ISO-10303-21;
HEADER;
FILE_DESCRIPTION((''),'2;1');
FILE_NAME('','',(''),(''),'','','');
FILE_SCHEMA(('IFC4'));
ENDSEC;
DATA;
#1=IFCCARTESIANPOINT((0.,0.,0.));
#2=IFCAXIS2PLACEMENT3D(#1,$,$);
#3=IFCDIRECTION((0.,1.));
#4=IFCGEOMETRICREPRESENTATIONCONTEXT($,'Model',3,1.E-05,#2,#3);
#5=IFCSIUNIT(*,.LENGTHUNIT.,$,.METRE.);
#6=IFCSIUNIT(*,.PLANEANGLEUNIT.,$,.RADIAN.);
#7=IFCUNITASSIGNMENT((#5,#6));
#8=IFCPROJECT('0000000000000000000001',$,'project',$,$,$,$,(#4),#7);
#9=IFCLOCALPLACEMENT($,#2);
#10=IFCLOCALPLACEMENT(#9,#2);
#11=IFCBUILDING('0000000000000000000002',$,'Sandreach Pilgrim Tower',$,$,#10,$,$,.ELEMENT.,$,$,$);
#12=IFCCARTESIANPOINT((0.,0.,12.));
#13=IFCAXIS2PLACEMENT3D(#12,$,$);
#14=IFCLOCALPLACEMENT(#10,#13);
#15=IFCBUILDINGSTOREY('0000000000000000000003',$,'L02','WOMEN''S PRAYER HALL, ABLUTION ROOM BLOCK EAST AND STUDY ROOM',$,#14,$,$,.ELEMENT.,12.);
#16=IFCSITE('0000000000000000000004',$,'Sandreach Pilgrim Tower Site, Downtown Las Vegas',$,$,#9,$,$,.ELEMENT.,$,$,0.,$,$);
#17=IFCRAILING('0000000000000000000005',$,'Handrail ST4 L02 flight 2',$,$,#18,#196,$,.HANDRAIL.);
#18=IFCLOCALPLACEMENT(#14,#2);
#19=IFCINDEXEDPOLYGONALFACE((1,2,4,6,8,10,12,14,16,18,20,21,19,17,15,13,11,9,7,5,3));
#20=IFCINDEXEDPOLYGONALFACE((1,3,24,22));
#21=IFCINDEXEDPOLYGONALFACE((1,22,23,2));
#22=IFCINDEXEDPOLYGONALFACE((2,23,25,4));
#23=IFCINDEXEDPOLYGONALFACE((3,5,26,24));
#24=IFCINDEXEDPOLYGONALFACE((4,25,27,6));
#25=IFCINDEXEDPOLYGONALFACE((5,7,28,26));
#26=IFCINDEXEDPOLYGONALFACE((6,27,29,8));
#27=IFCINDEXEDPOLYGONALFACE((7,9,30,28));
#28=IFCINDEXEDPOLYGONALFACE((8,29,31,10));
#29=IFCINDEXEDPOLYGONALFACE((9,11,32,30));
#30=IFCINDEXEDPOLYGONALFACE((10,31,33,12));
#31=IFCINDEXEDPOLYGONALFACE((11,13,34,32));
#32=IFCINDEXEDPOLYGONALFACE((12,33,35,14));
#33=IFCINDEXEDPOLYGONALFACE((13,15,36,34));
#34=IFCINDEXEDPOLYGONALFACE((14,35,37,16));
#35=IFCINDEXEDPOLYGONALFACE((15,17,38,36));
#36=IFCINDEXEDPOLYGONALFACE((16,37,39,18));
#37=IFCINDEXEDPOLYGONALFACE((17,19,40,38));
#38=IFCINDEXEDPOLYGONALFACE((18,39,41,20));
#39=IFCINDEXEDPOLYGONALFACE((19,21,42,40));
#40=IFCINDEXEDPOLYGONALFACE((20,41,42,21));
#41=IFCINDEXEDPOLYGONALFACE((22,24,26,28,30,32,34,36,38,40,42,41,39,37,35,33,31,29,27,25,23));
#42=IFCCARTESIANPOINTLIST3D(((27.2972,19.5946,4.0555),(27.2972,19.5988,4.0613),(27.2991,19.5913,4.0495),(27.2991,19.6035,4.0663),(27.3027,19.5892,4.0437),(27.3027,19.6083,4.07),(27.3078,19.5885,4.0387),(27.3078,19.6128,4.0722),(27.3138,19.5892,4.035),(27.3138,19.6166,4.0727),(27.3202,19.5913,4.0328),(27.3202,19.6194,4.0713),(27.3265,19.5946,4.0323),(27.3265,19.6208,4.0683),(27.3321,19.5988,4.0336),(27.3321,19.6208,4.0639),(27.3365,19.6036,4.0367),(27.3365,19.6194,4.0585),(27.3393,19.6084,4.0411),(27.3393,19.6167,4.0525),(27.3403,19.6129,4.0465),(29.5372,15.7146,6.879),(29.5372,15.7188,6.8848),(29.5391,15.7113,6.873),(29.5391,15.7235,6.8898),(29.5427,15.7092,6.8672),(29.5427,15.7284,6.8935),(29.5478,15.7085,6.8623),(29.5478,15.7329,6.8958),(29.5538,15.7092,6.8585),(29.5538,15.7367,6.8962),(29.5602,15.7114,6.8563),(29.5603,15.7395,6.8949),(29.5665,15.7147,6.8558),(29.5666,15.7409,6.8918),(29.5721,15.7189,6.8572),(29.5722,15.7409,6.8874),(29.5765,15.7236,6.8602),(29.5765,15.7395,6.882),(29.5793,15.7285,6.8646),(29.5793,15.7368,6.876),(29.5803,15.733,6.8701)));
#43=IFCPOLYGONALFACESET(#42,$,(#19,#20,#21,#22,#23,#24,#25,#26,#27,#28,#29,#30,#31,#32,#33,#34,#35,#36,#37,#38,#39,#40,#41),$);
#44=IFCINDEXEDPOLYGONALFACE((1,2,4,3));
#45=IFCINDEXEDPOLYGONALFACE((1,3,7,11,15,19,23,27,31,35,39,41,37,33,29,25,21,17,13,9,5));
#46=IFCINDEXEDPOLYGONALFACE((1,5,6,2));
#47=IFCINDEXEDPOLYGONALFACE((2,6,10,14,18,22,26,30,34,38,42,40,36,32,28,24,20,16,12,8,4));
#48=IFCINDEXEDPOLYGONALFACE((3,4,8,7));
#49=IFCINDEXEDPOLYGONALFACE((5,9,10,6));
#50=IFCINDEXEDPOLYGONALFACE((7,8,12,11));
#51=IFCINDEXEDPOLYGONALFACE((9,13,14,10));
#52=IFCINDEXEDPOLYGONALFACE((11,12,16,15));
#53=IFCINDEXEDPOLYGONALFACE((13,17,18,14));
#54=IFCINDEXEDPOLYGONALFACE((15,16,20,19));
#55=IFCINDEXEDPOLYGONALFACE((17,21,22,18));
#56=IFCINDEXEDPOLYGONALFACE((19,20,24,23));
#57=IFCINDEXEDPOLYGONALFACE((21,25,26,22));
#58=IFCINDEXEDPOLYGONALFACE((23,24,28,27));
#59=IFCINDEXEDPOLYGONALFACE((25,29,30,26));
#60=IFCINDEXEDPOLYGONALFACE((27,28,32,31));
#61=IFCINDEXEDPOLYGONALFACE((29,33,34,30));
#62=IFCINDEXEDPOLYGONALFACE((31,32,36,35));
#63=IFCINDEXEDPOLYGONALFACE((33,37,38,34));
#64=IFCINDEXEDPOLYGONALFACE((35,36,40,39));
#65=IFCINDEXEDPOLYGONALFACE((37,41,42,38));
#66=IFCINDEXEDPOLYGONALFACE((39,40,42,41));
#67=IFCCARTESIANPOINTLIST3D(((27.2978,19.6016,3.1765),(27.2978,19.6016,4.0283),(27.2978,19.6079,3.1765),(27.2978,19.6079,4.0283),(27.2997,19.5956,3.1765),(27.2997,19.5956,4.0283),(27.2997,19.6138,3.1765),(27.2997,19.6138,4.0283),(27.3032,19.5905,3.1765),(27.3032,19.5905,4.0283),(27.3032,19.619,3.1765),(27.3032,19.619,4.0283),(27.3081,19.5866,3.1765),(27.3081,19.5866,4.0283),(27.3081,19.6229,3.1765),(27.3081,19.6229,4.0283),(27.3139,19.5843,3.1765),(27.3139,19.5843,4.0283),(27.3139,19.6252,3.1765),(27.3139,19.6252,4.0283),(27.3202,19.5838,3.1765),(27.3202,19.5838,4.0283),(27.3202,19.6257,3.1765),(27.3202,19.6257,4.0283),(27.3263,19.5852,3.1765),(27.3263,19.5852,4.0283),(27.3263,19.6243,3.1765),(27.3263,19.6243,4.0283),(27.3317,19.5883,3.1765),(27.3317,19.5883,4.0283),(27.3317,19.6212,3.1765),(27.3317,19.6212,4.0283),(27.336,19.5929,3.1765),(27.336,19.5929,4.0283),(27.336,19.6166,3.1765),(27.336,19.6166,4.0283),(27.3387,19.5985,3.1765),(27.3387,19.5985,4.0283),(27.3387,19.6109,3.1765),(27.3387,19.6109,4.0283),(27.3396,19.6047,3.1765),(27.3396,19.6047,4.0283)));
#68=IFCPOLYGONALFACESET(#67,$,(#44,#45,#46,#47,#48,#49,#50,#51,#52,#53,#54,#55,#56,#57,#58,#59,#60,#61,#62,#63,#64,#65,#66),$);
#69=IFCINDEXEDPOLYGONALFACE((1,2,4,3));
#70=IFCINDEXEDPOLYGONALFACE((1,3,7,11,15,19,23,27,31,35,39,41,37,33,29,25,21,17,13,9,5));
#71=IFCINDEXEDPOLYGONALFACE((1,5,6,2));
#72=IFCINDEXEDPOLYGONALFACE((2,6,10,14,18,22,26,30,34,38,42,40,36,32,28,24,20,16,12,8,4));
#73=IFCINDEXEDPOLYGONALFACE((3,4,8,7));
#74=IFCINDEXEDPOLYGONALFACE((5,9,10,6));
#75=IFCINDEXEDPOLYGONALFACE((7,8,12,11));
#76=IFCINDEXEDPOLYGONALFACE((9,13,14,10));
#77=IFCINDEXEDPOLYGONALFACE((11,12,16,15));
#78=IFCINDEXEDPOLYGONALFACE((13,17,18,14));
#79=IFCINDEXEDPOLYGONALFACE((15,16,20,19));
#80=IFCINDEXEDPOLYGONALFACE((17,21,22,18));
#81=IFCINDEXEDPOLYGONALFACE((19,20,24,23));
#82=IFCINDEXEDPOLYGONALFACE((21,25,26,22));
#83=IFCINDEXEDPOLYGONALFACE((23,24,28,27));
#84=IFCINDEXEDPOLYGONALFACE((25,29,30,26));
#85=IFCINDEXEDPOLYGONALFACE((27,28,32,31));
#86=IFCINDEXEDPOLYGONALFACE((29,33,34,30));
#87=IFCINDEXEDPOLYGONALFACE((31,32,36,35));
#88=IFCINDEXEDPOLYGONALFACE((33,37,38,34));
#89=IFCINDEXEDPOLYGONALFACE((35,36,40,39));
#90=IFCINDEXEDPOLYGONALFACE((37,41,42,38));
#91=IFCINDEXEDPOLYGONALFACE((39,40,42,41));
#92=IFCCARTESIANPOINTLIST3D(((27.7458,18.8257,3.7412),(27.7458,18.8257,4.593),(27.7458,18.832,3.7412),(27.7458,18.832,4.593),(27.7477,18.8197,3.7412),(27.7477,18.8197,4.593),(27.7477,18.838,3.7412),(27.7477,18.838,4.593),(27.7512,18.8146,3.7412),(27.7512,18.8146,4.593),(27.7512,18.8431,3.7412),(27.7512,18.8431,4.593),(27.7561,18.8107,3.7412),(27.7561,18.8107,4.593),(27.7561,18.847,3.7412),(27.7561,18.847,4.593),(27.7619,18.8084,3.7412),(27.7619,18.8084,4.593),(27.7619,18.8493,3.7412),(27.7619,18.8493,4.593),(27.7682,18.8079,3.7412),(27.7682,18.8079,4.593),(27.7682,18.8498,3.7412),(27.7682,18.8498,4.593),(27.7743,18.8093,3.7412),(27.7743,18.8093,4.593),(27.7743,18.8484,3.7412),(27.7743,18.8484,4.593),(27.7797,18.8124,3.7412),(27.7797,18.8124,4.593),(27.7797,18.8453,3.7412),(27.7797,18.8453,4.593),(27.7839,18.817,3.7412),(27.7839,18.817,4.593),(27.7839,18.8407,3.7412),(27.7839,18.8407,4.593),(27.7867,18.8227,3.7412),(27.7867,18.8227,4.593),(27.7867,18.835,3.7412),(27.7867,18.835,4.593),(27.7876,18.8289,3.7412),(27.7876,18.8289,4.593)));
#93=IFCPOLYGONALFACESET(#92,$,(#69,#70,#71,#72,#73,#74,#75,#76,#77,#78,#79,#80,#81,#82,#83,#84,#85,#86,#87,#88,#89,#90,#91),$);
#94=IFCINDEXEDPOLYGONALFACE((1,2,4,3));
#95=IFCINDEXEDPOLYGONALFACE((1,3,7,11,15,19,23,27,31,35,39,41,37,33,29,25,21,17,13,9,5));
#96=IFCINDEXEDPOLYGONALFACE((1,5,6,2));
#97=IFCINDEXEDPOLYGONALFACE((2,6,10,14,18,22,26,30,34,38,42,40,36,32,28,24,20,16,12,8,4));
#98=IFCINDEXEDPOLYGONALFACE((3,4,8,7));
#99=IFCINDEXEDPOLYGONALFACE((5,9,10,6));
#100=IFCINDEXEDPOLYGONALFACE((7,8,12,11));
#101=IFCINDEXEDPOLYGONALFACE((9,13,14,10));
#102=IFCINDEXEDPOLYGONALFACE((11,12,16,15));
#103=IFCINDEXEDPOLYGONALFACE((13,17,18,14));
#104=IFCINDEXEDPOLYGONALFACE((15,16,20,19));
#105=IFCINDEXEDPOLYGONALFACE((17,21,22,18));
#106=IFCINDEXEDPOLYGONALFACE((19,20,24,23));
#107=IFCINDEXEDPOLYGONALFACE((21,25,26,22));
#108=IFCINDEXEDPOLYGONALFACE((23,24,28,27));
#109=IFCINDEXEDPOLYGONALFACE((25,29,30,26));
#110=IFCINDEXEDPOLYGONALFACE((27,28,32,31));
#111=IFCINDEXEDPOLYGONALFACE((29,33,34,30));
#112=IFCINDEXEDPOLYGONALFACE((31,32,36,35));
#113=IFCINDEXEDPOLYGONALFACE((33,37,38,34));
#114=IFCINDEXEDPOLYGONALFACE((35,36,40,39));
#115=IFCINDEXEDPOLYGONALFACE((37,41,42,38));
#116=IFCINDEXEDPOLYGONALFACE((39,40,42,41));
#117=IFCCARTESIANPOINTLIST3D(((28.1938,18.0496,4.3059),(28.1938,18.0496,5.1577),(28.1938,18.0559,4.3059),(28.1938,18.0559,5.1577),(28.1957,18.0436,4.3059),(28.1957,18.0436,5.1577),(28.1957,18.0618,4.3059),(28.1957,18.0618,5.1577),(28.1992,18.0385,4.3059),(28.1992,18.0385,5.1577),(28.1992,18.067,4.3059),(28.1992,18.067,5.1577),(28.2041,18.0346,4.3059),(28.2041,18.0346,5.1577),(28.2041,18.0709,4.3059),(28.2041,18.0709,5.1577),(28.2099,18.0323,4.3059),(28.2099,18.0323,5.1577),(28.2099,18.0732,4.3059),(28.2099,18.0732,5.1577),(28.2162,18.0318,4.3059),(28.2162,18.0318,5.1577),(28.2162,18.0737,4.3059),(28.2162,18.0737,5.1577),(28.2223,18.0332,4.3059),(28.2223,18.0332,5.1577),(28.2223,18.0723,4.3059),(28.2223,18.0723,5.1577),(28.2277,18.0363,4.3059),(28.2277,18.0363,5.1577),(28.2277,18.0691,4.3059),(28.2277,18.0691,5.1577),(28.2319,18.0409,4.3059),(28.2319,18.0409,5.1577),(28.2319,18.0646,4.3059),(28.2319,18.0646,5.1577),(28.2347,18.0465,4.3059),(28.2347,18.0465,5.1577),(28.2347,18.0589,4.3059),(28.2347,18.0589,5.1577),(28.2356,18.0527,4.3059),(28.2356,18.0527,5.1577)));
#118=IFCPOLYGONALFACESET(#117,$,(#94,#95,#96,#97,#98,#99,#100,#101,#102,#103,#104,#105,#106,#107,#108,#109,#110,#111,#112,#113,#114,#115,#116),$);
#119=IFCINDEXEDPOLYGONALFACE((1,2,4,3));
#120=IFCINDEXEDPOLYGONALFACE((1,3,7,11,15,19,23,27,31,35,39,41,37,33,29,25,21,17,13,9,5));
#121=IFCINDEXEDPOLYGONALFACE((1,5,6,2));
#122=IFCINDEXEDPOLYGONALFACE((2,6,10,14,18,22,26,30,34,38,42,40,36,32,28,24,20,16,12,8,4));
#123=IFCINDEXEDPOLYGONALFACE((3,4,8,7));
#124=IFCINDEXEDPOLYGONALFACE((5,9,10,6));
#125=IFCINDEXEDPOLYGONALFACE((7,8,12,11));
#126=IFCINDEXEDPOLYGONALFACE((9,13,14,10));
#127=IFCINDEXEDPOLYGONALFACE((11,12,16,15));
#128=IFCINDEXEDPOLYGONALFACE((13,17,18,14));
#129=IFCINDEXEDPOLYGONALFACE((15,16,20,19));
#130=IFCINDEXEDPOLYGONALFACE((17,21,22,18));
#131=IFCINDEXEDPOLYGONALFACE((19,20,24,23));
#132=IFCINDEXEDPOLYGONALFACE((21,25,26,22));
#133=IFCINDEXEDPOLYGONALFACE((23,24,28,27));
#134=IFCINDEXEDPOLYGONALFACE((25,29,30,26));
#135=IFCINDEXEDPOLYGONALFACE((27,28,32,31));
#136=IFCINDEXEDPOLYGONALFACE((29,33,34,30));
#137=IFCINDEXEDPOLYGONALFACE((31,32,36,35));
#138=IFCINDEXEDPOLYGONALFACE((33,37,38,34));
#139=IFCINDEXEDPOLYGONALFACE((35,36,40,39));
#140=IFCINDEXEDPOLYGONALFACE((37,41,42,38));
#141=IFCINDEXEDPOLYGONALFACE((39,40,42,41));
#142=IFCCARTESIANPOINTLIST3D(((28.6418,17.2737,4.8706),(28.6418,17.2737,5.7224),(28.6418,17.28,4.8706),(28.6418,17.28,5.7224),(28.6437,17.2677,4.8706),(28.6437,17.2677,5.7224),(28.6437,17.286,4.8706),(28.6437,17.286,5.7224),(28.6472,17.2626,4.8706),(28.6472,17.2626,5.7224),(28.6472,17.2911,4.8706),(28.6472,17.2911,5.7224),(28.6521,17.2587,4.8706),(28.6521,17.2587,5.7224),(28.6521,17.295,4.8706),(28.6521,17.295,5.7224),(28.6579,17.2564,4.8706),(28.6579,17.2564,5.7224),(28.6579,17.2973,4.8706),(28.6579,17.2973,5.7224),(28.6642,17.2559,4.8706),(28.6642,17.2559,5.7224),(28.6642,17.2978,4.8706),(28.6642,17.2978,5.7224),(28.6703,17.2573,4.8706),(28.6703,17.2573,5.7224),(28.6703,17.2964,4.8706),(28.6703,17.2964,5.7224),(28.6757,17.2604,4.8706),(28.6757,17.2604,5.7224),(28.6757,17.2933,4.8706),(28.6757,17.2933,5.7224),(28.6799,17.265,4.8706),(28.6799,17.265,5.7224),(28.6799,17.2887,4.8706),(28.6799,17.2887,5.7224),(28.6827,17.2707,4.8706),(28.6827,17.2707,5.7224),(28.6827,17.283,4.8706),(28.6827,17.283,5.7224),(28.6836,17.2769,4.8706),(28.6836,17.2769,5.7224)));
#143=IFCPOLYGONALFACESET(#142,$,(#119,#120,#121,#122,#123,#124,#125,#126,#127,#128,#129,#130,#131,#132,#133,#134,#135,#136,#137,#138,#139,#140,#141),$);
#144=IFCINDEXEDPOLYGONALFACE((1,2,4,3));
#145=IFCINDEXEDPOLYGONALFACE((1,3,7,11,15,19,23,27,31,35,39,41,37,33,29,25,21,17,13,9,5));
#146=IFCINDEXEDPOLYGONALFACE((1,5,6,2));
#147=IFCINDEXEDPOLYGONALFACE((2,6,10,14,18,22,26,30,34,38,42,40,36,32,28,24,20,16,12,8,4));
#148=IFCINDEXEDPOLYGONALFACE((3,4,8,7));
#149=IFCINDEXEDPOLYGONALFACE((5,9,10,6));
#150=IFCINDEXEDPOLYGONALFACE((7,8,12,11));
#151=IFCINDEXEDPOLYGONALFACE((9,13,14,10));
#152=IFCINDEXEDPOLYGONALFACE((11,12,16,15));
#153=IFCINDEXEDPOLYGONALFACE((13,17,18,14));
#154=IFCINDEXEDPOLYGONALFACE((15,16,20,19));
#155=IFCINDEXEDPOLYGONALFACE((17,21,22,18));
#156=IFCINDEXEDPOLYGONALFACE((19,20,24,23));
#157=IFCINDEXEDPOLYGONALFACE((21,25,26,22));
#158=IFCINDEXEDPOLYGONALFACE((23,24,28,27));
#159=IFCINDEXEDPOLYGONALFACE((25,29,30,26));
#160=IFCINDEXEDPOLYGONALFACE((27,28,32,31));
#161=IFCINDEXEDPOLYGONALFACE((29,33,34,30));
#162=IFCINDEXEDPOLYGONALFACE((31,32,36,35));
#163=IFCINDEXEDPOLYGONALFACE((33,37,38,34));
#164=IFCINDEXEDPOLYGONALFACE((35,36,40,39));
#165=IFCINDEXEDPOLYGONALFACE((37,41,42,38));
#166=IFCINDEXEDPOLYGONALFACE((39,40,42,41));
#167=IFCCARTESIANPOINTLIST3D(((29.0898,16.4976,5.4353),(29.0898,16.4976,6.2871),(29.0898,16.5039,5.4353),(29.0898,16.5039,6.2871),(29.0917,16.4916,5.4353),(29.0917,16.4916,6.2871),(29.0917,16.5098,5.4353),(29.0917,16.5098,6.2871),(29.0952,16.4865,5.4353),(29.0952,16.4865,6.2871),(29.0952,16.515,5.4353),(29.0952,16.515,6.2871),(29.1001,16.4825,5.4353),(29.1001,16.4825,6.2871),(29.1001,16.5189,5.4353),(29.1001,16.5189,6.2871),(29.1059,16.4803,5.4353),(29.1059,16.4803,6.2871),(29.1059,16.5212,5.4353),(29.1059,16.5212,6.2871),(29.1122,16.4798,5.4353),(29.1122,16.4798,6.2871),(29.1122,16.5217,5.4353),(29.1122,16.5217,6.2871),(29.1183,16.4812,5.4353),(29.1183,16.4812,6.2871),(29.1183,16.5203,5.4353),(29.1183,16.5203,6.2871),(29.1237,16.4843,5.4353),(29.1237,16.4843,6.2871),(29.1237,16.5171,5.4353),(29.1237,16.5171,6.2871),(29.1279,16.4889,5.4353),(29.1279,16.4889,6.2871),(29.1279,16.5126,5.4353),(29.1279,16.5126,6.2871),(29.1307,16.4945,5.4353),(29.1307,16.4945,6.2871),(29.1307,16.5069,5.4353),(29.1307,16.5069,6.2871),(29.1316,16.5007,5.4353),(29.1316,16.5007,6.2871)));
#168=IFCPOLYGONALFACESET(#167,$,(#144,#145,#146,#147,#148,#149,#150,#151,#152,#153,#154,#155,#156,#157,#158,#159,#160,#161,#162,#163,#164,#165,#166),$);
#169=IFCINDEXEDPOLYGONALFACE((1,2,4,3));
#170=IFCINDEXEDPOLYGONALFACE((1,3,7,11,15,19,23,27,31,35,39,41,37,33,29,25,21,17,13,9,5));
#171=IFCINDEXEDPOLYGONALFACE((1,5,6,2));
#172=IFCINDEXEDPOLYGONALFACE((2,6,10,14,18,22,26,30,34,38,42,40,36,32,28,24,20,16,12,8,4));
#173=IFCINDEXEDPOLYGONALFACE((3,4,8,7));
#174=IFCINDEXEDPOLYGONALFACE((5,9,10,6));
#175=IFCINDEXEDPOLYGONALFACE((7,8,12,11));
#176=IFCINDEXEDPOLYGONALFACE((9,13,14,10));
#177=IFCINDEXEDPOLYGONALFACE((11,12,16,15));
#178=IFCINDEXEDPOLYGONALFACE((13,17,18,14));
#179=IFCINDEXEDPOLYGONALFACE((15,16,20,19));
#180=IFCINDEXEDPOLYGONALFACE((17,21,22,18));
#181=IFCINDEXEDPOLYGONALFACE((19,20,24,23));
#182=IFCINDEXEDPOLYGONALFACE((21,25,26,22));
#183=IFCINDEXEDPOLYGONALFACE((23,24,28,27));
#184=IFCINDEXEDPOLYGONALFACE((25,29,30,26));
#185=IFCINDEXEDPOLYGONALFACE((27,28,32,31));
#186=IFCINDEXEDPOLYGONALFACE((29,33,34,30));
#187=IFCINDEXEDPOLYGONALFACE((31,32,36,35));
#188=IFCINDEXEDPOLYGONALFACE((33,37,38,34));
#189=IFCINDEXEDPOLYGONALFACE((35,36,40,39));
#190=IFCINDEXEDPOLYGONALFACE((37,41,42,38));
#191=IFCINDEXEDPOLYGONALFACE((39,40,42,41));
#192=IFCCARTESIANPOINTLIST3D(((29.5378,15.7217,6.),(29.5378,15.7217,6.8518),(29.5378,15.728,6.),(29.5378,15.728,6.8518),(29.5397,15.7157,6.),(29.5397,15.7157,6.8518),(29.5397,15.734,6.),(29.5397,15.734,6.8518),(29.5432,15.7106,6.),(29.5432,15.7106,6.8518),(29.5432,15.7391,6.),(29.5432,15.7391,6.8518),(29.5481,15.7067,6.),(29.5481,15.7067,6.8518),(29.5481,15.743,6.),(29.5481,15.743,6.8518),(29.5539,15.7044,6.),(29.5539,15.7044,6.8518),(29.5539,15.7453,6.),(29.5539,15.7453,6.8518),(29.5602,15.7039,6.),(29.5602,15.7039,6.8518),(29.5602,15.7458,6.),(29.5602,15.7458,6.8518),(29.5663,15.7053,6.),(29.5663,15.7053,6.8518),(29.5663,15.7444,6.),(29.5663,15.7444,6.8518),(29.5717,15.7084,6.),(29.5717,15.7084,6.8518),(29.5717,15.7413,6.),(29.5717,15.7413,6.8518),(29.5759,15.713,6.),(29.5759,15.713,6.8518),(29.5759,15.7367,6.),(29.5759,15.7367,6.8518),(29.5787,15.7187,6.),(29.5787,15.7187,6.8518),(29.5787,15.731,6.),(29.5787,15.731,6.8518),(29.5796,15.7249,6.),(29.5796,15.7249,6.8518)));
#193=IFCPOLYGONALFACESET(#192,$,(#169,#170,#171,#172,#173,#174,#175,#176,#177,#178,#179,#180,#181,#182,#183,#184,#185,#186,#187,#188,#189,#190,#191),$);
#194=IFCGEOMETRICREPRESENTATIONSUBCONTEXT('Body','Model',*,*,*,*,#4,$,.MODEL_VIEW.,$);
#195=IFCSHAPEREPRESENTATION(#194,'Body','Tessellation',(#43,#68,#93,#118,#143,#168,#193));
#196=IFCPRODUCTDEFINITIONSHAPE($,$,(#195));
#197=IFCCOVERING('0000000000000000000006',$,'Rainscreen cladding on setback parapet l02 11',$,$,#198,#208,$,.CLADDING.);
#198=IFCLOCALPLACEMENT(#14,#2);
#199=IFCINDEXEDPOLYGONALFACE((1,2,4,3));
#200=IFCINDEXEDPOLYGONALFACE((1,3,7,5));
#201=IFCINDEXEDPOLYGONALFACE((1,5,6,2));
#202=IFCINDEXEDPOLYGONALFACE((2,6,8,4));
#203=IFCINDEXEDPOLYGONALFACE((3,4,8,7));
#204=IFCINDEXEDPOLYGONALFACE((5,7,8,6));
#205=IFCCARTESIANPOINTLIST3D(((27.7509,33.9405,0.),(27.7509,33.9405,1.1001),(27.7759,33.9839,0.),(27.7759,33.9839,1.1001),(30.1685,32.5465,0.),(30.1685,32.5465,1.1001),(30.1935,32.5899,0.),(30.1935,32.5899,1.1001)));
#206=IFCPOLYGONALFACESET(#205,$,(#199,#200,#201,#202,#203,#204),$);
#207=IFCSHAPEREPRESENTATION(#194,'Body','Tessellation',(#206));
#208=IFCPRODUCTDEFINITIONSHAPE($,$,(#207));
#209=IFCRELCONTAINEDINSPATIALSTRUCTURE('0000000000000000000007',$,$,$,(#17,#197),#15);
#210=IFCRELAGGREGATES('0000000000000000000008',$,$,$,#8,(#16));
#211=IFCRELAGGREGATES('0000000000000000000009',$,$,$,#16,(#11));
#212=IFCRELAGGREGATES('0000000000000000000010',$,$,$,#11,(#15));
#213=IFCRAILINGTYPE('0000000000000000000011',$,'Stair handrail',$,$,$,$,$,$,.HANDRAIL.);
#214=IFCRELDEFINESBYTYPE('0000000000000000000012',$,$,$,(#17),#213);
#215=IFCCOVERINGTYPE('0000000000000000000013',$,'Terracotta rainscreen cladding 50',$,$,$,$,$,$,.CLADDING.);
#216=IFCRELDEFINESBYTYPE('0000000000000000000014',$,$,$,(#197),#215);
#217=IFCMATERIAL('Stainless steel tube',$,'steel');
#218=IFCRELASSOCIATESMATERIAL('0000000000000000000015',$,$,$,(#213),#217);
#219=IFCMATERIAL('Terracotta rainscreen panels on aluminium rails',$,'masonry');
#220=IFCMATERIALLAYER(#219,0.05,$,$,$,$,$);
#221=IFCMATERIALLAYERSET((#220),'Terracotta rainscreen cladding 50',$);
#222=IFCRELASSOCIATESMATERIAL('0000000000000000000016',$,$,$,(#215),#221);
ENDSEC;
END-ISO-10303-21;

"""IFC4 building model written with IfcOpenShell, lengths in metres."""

from ifc_helpers import new_model, si_unit, direction, frame, frame_2d, origin, origin_2d, place, context, subcontext, project, spatial, rectangle, circle, extrude, material, layer, layer_set, type_object, element, save


model = new_model("IFC4")

# Units and contexts
model_context = context("Model", 3, precision=1e-05, world=origin(), true_north=direction((0.0, 1.0)))
body_context = subcontext(model_context, "Body", "Model", "MODEL_VIEW")
ifc_project = project(units=[si_unit("LENGTHUNIT", "METRE"), si_unit("PLANEANGLEUNIT", "RADIAN")], contexts=[model_context])

# Site, building, storey
site_placement = place(None, origin())
site = spatial("IfcSite", under=ifc_project, at=site_placement, Name="Sandreach Pilgrim Tower Site, Downtown Las Vegas", CompositionType="ELEMENT", RefElevation=0.0)
building_placement = place(site_placement, origin())
building = spatial("IfcBuilding", under=site, at=building_placement, Name="Sandreach Pilgrim Tower", CompositionType="ELEMENT")
storey_placement = place(building_placement, frame((0.0, 0.0, 12.0)))
storey = spatial("IfcBuildingStorey", under=building, at=storey_placement, Name="L02", Description="WOMEN'S PRAYER HALL, ABLUTION ROOM BLOCK EAST AND STUDY ROOM", CompositionType="ELEMENT", Elevation=12.0)

# Railing
ifc_material_1 = material(Name="Stainless steel tube", Category="steel")
railing_type = type_object("IfcRailingType", Name="Stair handrail", PredefinedType="HANDRAIL", material=ifc_material_1)
railing_placement = place(storey_placement, frame((27.3186, 19.6047, 3.1765)))
element("IfcRailing", 1, at=railing_placement, inside=storey, type_object=railing_type, Name="Handrail ST4 L02 flight 2", PredefinedType="HANDRAIL", context=body_context, shape_type="SweptSolid", body=[
    extrude(circle(Radius=0.0239, at=origin_2d()), frame((0.0, 0.0, 0.876), z_axis=(0.422993, -0.732665, 0.533178), x_axis=(0.866031, 0.49999, 0.0)), (0.0, 0.0, 1.0), 5.2957),
    extrude(circle(Radius=0.021, at=origin_2d()), origin(), (0.0, 0.0, 1.0), 0.8518),
    extrude(circle(Radius=0.021, at=origin_2d()), frame((0.448, -0.7759, 0.5647)), (0.0, 0.0, 1.0), 0.8518),
    extrude(circle(Radius=0.021, at=origin_2d()), frame((0.896, -1.552, 1.1294)), (0.0, 0.0, 1.0), 0.8518),
    extrude(circle(Radius=0.021, at=origin_2d()), frame((1.344, -2.3279, 1.6941)), (0.0, 0.0, 1.0), 0.8518),
    extrude(circle(Radius=0.021, at=origin_2d()), frame((1.792, -3.104, 2.2588)), (0.0, 0.0, 1.0), 0.8518),
    extrude(circle(Radius=0.021, at=origin_2d()), frame((2.24, -3.8799, 2.8235)), (0.0, 0.0, 1.0), 0.8518),
])

# Covering
ifc_material_2 = material(Name="Terracotta rainscreen panels on aluminium rails", Category="masonry")
ifc_layer_1 = layer(ifc_material_2, 0.05)
ifc_layer_set_1 = layer_set([ifc_layer_1], Name="Terracotta rainscreen cladding 50")
covering_type = type_object("IfcCoveringType", Name="Terracotta rainscreen cladding 50", PredefinedType="CLADDING", material=ifc_layer_set_1)
covering_1_placement = place(storey_placement, frame((30.1812, 32.5681, 0.0), z_axis=(0.0, 0.0, 1.0), x_axis=(-0.866309, 0.499508, 0.0)))
element("IfcCovering", 2, at=covering_1_placement, inside=storey, type_object=covering_type, Name="Rainscreen cladding on setback parapet l02 11", PredefinedType="CLADDING", context=body_context, shape_type="SweptSolid", body=[
    extrude(rectangle(XDim=2.7908, YDim=0.05, at=frame_2d((1.3955, 0.0))), origin(), (0.0, 0.0, 1.0), 1.1001),
])

save(model, "model.ifc")
